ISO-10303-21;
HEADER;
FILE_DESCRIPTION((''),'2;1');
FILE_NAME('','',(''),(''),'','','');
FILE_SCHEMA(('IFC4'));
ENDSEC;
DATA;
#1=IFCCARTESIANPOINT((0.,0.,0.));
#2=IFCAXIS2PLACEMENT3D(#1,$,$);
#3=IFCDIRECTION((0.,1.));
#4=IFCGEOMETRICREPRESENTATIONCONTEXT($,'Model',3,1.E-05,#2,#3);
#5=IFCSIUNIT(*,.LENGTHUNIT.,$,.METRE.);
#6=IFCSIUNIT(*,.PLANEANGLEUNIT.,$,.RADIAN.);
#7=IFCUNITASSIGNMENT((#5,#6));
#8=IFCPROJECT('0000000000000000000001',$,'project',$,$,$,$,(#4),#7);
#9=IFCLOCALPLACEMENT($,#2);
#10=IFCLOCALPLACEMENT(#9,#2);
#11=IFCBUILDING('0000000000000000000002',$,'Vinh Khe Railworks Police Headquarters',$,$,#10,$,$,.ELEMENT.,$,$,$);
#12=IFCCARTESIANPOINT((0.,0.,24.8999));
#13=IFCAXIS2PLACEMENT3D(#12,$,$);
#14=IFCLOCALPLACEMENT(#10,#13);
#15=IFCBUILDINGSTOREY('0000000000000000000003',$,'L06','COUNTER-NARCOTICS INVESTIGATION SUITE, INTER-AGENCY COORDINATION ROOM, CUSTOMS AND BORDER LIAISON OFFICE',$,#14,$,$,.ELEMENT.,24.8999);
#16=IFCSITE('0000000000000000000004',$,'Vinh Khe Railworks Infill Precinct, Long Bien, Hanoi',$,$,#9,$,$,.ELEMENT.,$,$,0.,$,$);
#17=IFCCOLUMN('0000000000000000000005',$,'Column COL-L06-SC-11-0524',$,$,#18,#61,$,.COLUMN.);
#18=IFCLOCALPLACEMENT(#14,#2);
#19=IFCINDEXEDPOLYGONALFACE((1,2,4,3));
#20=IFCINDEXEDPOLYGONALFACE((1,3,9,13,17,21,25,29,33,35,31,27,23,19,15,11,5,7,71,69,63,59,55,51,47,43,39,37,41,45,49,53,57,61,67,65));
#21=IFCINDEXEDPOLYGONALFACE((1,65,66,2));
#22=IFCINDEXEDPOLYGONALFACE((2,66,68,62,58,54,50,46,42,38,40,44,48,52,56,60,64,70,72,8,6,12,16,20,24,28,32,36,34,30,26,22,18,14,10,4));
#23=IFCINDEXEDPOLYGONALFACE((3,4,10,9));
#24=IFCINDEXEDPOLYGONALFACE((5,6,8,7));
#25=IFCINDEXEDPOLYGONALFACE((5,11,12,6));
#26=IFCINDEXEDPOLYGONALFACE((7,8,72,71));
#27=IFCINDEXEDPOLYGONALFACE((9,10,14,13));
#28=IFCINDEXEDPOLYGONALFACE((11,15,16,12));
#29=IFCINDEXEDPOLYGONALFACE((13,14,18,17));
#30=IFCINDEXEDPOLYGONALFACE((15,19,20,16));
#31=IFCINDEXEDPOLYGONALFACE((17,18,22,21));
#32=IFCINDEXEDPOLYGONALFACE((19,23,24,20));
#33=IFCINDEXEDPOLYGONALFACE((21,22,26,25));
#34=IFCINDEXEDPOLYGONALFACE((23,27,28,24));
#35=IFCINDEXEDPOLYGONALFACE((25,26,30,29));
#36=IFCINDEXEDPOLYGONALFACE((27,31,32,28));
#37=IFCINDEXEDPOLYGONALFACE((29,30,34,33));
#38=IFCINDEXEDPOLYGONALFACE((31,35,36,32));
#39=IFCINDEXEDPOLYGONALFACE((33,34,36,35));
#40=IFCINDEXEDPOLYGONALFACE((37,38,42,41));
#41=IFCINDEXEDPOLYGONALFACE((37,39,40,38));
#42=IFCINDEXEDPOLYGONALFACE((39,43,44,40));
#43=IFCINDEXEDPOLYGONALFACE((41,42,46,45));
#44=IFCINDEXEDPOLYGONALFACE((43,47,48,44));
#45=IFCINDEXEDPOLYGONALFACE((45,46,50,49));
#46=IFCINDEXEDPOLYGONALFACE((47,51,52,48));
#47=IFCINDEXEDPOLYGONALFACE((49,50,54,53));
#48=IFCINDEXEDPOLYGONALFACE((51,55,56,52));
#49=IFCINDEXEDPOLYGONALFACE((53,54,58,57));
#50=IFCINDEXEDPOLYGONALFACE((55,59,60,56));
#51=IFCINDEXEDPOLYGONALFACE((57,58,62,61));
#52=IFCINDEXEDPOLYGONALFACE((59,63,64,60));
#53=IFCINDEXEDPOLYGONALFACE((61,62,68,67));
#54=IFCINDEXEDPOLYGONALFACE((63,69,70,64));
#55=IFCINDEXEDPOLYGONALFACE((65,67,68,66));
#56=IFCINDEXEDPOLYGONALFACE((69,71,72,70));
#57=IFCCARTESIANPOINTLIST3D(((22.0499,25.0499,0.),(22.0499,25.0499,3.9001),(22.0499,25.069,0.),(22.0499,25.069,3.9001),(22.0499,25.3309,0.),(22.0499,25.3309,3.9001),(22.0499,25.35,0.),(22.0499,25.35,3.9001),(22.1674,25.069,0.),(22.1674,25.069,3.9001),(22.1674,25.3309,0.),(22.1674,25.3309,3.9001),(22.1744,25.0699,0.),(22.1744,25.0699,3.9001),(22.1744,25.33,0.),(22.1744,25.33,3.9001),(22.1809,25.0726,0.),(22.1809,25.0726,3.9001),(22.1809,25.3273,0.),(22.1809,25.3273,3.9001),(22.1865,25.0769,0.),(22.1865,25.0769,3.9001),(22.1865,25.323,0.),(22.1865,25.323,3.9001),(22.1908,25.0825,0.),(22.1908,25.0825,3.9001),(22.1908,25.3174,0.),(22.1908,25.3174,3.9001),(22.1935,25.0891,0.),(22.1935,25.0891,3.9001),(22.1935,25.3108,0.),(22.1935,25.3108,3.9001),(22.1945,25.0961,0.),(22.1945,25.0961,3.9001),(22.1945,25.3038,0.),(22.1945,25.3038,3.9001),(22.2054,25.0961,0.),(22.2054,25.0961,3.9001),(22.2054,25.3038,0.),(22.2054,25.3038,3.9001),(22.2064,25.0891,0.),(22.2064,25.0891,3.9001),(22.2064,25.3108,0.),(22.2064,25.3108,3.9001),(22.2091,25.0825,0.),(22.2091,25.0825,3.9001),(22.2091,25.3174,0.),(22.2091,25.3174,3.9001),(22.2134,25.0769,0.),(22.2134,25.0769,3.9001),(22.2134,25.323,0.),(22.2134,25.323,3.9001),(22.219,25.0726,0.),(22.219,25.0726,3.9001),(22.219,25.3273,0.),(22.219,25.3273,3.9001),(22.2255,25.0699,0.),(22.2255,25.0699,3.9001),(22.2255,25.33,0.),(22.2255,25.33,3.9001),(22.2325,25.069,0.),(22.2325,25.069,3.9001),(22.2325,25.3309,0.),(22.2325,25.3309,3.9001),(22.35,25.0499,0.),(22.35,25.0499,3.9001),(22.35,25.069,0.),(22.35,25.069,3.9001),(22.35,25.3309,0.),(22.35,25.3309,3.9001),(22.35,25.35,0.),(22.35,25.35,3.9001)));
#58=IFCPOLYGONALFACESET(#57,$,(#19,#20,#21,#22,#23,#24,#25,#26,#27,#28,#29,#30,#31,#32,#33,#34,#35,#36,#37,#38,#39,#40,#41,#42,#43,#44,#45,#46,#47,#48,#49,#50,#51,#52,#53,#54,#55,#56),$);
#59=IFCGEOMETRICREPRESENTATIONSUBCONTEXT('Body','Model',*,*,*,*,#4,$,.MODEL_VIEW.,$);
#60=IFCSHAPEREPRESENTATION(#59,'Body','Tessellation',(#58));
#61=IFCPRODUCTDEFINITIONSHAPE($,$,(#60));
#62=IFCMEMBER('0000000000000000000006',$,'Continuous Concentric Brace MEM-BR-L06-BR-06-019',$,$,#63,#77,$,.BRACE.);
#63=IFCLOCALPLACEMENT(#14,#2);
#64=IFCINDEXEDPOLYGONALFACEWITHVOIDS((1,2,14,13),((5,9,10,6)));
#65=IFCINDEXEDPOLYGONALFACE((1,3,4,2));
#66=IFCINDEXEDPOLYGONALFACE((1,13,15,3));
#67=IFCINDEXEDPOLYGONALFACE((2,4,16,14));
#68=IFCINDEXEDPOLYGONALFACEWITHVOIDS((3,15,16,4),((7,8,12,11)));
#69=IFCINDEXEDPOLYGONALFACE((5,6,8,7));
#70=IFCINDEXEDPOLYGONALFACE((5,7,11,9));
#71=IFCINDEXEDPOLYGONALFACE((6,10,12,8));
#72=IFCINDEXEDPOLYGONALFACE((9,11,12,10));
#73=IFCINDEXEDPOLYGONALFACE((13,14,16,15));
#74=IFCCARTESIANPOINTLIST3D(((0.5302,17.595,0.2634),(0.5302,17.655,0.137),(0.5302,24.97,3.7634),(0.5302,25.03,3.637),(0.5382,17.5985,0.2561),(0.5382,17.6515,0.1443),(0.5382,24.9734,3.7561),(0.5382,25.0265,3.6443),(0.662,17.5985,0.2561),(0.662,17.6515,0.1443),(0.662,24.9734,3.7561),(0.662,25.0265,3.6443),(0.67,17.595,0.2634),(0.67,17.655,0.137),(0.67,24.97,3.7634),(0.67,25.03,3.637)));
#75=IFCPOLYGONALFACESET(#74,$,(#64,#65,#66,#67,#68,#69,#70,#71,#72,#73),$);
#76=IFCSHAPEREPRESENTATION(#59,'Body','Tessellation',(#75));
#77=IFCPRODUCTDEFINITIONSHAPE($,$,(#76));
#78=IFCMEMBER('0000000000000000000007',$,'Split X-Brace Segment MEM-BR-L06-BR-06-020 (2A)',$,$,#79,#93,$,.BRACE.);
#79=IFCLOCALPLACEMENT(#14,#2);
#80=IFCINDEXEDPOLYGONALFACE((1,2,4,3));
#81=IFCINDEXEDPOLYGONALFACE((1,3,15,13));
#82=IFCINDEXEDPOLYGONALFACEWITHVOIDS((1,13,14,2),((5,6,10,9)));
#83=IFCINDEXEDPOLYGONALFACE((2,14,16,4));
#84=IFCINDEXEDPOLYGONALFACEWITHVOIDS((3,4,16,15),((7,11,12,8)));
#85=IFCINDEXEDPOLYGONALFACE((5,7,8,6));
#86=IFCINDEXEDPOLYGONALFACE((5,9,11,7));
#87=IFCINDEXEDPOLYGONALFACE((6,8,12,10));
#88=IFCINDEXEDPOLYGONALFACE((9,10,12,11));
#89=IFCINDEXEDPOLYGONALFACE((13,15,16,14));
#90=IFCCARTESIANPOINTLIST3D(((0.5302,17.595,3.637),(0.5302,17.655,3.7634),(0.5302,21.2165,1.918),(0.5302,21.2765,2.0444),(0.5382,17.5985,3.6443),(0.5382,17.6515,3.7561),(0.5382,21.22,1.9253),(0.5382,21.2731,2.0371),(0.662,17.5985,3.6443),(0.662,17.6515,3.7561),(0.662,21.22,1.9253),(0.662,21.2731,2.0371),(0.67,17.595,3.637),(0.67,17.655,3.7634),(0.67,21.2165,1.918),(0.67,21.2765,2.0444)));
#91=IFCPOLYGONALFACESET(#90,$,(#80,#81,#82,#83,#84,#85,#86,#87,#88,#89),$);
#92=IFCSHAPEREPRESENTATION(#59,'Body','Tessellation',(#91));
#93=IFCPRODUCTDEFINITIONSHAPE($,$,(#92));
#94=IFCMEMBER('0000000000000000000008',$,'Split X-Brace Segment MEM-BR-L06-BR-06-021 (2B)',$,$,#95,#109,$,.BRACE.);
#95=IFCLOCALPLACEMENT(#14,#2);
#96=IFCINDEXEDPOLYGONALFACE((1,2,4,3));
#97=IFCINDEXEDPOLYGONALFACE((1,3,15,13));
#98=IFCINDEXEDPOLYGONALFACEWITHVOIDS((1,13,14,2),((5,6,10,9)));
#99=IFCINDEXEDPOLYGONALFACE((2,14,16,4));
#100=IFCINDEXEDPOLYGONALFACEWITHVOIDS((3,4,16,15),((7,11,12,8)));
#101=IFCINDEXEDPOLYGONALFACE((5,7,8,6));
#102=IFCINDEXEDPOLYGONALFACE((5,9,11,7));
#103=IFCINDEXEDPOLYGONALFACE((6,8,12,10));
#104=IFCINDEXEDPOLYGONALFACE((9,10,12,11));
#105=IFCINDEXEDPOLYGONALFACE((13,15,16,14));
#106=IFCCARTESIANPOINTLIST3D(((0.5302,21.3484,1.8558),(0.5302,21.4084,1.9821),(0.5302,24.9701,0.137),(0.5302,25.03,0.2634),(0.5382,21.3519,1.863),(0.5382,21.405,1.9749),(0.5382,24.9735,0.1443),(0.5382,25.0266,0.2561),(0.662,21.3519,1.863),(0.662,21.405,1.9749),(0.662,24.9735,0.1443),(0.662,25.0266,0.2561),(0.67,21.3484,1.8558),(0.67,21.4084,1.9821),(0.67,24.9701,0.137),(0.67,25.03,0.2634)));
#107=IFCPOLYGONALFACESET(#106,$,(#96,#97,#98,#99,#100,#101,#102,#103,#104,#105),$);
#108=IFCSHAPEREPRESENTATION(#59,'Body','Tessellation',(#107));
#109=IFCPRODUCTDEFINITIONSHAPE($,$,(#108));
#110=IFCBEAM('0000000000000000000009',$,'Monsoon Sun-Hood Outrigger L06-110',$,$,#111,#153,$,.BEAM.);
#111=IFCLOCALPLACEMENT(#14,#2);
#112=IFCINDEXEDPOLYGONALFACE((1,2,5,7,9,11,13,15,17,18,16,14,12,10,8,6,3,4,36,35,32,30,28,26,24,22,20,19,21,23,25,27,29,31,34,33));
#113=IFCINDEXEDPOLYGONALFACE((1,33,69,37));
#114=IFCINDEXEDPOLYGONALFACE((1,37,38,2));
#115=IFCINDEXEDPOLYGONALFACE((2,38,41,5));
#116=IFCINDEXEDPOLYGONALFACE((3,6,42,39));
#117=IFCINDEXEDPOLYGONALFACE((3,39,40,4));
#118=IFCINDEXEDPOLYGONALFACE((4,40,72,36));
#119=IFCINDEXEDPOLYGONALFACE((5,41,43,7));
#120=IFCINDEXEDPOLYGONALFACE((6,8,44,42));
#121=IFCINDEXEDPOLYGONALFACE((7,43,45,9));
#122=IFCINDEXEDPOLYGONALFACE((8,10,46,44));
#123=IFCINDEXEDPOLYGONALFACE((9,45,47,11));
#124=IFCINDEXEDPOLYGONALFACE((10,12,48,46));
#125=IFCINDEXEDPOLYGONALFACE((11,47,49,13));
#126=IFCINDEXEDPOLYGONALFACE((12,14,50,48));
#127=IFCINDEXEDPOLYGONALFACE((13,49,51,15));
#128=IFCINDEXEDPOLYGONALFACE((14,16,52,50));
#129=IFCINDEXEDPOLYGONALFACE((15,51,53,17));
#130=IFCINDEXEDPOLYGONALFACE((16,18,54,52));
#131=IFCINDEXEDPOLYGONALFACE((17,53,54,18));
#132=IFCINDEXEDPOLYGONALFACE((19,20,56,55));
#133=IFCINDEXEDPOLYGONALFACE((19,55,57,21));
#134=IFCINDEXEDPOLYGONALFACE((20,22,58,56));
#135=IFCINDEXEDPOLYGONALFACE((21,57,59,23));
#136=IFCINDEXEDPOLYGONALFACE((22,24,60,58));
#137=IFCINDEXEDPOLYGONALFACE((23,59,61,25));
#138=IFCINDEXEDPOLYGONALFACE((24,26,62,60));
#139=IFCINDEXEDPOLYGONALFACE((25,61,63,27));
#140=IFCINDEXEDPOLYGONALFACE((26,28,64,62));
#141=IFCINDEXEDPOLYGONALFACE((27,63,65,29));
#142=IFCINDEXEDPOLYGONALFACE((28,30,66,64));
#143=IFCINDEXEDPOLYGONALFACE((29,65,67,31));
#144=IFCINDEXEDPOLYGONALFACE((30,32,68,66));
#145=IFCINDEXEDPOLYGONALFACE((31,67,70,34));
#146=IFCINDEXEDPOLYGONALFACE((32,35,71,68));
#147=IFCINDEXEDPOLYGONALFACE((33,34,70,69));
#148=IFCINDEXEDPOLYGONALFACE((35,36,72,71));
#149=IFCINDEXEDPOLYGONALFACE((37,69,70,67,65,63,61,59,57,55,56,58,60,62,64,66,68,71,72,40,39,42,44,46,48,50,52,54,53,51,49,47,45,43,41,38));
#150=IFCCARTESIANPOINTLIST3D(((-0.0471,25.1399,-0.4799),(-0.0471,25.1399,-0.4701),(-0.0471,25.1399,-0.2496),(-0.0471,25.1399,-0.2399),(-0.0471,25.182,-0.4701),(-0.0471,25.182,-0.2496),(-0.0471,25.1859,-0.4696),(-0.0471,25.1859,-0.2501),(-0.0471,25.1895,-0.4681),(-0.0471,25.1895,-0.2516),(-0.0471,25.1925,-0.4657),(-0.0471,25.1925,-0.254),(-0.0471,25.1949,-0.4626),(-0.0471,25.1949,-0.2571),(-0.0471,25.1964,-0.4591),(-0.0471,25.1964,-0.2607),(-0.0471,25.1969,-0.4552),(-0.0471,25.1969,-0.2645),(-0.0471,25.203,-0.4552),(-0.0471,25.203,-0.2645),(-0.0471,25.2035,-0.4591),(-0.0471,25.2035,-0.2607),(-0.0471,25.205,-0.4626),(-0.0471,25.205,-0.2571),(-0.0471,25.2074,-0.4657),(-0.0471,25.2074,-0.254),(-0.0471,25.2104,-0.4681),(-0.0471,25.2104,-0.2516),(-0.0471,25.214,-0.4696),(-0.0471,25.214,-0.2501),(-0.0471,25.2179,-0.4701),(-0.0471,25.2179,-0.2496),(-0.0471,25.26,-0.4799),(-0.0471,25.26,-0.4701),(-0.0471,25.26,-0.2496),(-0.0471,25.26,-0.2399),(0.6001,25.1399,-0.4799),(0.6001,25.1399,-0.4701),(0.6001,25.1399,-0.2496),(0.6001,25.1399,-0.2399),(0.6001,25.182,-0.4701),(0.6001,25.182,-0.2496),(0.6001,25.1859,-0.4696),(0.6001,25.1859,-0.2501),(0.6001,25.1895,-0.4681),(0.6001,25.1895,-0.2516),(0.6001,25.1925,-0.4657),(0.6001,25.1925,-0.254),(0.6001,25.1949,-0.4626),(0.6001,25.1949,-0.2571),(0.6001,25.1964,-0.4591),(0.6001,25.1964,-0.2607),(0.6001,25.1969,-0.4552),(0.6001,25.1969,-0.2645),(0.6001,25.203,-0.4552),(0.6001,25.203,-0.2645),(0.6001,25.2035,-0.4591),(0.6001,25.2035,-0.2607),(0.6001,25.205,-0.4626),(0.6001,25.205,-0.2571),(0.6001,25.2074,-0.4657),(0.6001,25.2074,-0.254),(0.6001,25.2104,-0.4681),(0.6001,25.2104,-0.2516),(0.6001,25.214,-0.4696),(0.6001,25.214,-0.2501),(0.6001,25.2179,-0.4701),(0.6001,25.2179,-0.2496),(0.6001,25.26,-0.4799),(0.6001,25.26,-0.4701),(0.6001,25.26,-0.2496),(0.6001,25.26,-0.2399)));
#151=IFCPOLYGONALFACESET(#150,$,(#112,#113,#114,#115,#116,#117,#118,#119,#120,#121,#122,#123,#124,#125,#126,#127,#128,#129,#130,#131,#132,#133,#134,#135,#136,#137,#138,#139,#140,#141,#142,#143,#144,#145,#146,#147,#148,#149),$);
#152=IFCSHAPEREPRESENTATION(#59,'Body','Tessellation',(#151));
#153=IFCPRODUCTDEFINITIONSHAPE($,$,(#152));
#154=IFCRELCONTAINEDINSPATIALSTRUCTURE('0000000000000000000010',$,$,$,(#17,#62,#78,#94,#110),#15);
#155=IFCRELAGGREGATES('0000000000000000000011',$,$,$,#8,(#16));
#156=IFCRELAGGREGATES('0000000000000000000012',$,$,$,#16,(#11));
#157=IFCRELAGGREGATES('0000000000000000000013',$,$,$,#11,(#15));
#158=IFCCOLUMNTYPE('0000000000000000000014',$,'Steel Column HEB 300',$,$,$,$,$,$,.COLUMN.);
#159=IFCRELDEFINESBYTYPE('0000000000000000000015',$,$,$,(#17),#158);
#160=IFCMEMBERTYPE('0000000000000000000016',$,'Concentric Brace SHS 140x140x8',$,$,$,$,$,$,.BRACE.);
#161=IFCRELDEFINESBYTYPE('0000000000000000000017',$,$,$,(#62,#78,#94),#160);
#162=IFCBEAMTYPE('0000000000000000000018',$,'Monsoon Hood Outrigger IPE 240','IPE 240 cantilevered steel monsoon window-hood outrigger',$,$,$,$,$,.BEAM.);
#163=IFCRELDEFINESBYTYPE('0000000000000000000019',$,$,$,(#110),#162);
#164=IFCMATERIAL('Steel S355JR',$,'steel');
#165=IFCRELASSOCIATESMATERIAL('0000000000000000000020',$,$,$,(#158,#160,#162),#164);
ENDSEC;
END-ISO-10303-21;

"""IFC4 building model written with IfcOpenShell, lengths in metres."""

from ifc_helpers import new_model, si_unit, direction, frame, origin, origin_2d, place, context, subcontext, project, spatial, hollow_rectangle, i_section, extrude, material, material_profile, profile_set, type_object, element, save


model = new_model("IFC4")

# Units and contexts
model_context = context("Model", 3, precision=1e-05, world=origin(), true_north=direction((0.0, 1.0)))
body_context = subcontext(model_context, "Body", "Model", "MODEL_VIEW")
ifc_project = project(units=[si_unit("LENGTHUNIT", "METRE"), si_unit("PLANEANGLEUNIT", "RADIAN")], contexts=[model_context])

# Site, building, storey
site_placement = place(None, origin())
site = spatial("IfcSite", under=ifc_project, at=site_placement, Name="Vinh Khe Railworks Infill Precinct, Long Bien, Hanoi", CompositionType="ELEMENT", RefElevation=0.0)
building_placement = place(site_placement, origin())
building = spatial("IfcBuilding", under=site, at=building_placement, Name="Vinh Khe Railworks Police Headquarters", CompositionType="ELEMENT")
storey_placement = place(building_placement, frame((0.0, 0.0, 24.8999)))
storey = spatial("IfcBuildingStorey", under=building, at=storey_placement, Name="L06", Description="COUNTER-NARCOTICS INVESTIGATION SUITE, INTER-AGENCY COORDINATION ROOM, CUSTOMS AND BORDER LIAISON OFFICE", CompositionType="ELEMENT", Elevation=24.8999)

# Column
ifc_material_1 = material(Name="Steel S355JR", Category="steel")
ifc_material_profile_1 = material_profile(ifc_material_1, i_section(OverallWidth=0.3, OverallDepth=0.3, WebThickness=0.011, FlangeThickness=0.019, FilletRadius=0.0271, at=origin_2d()), Name="HEB 300")
ifc_profile_set_1 = profile_set([ifc_material_profile_1], Name="Steel S355JR")
column_type_1 = type_object("IfcColumnType", Name="Steel Column HEB 300", PredefinedType="COLUMN", material=ifc_profile_set_1)
column_1_placement = place(storey_placement, frame((22.2, 25.2, 0.0), z_axis=(0.0, 0.0, 1.0), x_axis=(1.0, 0.0, 0.0)))
element("IfcColumn", 1, at=column_1_placement, inside=storey, type_object=column_type_1, Name="Column COL-L06-SC-11-0524", PredefinedType="COLUMN", context=body_context, shape_type="SweptSolid", body=[
    extrude(i_section(OverallWidth=0.3, OverallDepth=0.3, WebThickness=0.011, FlangeThickness=0.019, FilletRadius=0.0271, at=origin_2d()), origin(), (0.0, 0.0, 1.0), 3.9001),
])

# Members
ifc_material_profile_2 = material_profile(ifc_material_1, hollow_rectangle(XDim=0.1399, YDim=0.1399, WallThickness=0.0081, at=origin_2d()), Name="SHS 140x140x8")
ifc_profile_set_2 = profile_set([ifc_material_profile_2], Name="Steel S355JR")
member_type = type_object("IfcMemberType", Name="Concentric Brace SHS 140x140x8", PredefinedType="BRACE", material=ifc_profile_set_2)
member_placement = place(storey_placement, frame((0.6001, 17.625, 0.2002), z_axis=(0.0, 0.903426, 0.428744), x_axis=(-1.0, 0.0, 0.0)))
element("IfcMember", 2, at=member_placement, inside=storey, type_object=member_type, Name="Continuous Concentric Brace MEM-BR-L06-BR-06-019", PredefinedType="BRACE", context=body_context, shape_type="SweptSolid", body=[
    extrude(hollow_rectangle(XDim=0.1399, YDim=0.1399, WallThickness=0.0081, at=origin_2d()), origin(), (0.0, 0.0, 1.0), 8.1633),
])
for number, where, z_axis, x_axis, name in (
    (3, (0.6001, 17.625, 3.7002), (0.0, 0.903399, -0.428801), (-1.0, 0.0, 0.0), "Split X-Brace Segment MEM-BR-L06-BR-06-020 (2A)"),
    (4, (0.6001, 21.3784, 1.9189), (0.0, 0.903423, -0.428751), (-1.0, 0.0, 0.0), "Split X-Brace Segment MEM-BR-L06-BR-06-021 (2B)"),
):
    element("IfcMember", number, at=place(storey_placement, frame(where, z_axis=z_axis, x_axis=x_axis)), inside=storey, type_object=member_type, Name=name, PredefinedType="BRACE", context=body_context, shape_type="SweptSolid", body=[
        extrude(hollow_rectangle(XDim=0.1399, YDim=0.1399, WallThickness=0.0081, at=origin_2d()), origin(), (0.0, 0.0, 1.0), 4.0088),
    ])

# Beam
ifc_material_profile_3 = material_profile(ifc_material_1, i_section(OverallWidth=0.1201, OverallDepth=0.24, WebThickness=0.0061, FlangeThickness=0.0098, FilletRadius=0.0149, at=origin_2d()), Name="IPE 240")
ifc_profile_set_3 = profile_set([ifc_material_profile_3], Name="Steel S355JR")
beam_type_1 = type_object("IfcBeamType", Name="Monsoon Hood Outrigger IPE 240", Description="IPE 240 cantilevered steel monsoon window-hood outrigger", PredefinedType="BEAM", material=ifc_profile_set_3)
beam_1_placement = place(storey_placement, frame((-0.0471, 25.2, -0.3599), z_axis=(1.0, 0.0, 0.0), x_axis=(0.0, 1.0, 0.0)))
element("IfcBeam", 5, at=beam_1_placement, inside=storey, type_object=beam_type_1, Name="Monsoon Sun-Hood Outrigger L06-110", PredefinedType="BEAM", context=body_context, shape_type="SweptSolid", body=[
    extrude(i_section(OverallWidth=0.1201, OverallDepth=0.24, WebThickness=0.0061, FlangeThickness=0.0098, FilletRadius=0.0149, at=origin_2d()), origin(), (0.0, 0.0, 1.0), 0.6472),
])

save(model, "model.ifc")
